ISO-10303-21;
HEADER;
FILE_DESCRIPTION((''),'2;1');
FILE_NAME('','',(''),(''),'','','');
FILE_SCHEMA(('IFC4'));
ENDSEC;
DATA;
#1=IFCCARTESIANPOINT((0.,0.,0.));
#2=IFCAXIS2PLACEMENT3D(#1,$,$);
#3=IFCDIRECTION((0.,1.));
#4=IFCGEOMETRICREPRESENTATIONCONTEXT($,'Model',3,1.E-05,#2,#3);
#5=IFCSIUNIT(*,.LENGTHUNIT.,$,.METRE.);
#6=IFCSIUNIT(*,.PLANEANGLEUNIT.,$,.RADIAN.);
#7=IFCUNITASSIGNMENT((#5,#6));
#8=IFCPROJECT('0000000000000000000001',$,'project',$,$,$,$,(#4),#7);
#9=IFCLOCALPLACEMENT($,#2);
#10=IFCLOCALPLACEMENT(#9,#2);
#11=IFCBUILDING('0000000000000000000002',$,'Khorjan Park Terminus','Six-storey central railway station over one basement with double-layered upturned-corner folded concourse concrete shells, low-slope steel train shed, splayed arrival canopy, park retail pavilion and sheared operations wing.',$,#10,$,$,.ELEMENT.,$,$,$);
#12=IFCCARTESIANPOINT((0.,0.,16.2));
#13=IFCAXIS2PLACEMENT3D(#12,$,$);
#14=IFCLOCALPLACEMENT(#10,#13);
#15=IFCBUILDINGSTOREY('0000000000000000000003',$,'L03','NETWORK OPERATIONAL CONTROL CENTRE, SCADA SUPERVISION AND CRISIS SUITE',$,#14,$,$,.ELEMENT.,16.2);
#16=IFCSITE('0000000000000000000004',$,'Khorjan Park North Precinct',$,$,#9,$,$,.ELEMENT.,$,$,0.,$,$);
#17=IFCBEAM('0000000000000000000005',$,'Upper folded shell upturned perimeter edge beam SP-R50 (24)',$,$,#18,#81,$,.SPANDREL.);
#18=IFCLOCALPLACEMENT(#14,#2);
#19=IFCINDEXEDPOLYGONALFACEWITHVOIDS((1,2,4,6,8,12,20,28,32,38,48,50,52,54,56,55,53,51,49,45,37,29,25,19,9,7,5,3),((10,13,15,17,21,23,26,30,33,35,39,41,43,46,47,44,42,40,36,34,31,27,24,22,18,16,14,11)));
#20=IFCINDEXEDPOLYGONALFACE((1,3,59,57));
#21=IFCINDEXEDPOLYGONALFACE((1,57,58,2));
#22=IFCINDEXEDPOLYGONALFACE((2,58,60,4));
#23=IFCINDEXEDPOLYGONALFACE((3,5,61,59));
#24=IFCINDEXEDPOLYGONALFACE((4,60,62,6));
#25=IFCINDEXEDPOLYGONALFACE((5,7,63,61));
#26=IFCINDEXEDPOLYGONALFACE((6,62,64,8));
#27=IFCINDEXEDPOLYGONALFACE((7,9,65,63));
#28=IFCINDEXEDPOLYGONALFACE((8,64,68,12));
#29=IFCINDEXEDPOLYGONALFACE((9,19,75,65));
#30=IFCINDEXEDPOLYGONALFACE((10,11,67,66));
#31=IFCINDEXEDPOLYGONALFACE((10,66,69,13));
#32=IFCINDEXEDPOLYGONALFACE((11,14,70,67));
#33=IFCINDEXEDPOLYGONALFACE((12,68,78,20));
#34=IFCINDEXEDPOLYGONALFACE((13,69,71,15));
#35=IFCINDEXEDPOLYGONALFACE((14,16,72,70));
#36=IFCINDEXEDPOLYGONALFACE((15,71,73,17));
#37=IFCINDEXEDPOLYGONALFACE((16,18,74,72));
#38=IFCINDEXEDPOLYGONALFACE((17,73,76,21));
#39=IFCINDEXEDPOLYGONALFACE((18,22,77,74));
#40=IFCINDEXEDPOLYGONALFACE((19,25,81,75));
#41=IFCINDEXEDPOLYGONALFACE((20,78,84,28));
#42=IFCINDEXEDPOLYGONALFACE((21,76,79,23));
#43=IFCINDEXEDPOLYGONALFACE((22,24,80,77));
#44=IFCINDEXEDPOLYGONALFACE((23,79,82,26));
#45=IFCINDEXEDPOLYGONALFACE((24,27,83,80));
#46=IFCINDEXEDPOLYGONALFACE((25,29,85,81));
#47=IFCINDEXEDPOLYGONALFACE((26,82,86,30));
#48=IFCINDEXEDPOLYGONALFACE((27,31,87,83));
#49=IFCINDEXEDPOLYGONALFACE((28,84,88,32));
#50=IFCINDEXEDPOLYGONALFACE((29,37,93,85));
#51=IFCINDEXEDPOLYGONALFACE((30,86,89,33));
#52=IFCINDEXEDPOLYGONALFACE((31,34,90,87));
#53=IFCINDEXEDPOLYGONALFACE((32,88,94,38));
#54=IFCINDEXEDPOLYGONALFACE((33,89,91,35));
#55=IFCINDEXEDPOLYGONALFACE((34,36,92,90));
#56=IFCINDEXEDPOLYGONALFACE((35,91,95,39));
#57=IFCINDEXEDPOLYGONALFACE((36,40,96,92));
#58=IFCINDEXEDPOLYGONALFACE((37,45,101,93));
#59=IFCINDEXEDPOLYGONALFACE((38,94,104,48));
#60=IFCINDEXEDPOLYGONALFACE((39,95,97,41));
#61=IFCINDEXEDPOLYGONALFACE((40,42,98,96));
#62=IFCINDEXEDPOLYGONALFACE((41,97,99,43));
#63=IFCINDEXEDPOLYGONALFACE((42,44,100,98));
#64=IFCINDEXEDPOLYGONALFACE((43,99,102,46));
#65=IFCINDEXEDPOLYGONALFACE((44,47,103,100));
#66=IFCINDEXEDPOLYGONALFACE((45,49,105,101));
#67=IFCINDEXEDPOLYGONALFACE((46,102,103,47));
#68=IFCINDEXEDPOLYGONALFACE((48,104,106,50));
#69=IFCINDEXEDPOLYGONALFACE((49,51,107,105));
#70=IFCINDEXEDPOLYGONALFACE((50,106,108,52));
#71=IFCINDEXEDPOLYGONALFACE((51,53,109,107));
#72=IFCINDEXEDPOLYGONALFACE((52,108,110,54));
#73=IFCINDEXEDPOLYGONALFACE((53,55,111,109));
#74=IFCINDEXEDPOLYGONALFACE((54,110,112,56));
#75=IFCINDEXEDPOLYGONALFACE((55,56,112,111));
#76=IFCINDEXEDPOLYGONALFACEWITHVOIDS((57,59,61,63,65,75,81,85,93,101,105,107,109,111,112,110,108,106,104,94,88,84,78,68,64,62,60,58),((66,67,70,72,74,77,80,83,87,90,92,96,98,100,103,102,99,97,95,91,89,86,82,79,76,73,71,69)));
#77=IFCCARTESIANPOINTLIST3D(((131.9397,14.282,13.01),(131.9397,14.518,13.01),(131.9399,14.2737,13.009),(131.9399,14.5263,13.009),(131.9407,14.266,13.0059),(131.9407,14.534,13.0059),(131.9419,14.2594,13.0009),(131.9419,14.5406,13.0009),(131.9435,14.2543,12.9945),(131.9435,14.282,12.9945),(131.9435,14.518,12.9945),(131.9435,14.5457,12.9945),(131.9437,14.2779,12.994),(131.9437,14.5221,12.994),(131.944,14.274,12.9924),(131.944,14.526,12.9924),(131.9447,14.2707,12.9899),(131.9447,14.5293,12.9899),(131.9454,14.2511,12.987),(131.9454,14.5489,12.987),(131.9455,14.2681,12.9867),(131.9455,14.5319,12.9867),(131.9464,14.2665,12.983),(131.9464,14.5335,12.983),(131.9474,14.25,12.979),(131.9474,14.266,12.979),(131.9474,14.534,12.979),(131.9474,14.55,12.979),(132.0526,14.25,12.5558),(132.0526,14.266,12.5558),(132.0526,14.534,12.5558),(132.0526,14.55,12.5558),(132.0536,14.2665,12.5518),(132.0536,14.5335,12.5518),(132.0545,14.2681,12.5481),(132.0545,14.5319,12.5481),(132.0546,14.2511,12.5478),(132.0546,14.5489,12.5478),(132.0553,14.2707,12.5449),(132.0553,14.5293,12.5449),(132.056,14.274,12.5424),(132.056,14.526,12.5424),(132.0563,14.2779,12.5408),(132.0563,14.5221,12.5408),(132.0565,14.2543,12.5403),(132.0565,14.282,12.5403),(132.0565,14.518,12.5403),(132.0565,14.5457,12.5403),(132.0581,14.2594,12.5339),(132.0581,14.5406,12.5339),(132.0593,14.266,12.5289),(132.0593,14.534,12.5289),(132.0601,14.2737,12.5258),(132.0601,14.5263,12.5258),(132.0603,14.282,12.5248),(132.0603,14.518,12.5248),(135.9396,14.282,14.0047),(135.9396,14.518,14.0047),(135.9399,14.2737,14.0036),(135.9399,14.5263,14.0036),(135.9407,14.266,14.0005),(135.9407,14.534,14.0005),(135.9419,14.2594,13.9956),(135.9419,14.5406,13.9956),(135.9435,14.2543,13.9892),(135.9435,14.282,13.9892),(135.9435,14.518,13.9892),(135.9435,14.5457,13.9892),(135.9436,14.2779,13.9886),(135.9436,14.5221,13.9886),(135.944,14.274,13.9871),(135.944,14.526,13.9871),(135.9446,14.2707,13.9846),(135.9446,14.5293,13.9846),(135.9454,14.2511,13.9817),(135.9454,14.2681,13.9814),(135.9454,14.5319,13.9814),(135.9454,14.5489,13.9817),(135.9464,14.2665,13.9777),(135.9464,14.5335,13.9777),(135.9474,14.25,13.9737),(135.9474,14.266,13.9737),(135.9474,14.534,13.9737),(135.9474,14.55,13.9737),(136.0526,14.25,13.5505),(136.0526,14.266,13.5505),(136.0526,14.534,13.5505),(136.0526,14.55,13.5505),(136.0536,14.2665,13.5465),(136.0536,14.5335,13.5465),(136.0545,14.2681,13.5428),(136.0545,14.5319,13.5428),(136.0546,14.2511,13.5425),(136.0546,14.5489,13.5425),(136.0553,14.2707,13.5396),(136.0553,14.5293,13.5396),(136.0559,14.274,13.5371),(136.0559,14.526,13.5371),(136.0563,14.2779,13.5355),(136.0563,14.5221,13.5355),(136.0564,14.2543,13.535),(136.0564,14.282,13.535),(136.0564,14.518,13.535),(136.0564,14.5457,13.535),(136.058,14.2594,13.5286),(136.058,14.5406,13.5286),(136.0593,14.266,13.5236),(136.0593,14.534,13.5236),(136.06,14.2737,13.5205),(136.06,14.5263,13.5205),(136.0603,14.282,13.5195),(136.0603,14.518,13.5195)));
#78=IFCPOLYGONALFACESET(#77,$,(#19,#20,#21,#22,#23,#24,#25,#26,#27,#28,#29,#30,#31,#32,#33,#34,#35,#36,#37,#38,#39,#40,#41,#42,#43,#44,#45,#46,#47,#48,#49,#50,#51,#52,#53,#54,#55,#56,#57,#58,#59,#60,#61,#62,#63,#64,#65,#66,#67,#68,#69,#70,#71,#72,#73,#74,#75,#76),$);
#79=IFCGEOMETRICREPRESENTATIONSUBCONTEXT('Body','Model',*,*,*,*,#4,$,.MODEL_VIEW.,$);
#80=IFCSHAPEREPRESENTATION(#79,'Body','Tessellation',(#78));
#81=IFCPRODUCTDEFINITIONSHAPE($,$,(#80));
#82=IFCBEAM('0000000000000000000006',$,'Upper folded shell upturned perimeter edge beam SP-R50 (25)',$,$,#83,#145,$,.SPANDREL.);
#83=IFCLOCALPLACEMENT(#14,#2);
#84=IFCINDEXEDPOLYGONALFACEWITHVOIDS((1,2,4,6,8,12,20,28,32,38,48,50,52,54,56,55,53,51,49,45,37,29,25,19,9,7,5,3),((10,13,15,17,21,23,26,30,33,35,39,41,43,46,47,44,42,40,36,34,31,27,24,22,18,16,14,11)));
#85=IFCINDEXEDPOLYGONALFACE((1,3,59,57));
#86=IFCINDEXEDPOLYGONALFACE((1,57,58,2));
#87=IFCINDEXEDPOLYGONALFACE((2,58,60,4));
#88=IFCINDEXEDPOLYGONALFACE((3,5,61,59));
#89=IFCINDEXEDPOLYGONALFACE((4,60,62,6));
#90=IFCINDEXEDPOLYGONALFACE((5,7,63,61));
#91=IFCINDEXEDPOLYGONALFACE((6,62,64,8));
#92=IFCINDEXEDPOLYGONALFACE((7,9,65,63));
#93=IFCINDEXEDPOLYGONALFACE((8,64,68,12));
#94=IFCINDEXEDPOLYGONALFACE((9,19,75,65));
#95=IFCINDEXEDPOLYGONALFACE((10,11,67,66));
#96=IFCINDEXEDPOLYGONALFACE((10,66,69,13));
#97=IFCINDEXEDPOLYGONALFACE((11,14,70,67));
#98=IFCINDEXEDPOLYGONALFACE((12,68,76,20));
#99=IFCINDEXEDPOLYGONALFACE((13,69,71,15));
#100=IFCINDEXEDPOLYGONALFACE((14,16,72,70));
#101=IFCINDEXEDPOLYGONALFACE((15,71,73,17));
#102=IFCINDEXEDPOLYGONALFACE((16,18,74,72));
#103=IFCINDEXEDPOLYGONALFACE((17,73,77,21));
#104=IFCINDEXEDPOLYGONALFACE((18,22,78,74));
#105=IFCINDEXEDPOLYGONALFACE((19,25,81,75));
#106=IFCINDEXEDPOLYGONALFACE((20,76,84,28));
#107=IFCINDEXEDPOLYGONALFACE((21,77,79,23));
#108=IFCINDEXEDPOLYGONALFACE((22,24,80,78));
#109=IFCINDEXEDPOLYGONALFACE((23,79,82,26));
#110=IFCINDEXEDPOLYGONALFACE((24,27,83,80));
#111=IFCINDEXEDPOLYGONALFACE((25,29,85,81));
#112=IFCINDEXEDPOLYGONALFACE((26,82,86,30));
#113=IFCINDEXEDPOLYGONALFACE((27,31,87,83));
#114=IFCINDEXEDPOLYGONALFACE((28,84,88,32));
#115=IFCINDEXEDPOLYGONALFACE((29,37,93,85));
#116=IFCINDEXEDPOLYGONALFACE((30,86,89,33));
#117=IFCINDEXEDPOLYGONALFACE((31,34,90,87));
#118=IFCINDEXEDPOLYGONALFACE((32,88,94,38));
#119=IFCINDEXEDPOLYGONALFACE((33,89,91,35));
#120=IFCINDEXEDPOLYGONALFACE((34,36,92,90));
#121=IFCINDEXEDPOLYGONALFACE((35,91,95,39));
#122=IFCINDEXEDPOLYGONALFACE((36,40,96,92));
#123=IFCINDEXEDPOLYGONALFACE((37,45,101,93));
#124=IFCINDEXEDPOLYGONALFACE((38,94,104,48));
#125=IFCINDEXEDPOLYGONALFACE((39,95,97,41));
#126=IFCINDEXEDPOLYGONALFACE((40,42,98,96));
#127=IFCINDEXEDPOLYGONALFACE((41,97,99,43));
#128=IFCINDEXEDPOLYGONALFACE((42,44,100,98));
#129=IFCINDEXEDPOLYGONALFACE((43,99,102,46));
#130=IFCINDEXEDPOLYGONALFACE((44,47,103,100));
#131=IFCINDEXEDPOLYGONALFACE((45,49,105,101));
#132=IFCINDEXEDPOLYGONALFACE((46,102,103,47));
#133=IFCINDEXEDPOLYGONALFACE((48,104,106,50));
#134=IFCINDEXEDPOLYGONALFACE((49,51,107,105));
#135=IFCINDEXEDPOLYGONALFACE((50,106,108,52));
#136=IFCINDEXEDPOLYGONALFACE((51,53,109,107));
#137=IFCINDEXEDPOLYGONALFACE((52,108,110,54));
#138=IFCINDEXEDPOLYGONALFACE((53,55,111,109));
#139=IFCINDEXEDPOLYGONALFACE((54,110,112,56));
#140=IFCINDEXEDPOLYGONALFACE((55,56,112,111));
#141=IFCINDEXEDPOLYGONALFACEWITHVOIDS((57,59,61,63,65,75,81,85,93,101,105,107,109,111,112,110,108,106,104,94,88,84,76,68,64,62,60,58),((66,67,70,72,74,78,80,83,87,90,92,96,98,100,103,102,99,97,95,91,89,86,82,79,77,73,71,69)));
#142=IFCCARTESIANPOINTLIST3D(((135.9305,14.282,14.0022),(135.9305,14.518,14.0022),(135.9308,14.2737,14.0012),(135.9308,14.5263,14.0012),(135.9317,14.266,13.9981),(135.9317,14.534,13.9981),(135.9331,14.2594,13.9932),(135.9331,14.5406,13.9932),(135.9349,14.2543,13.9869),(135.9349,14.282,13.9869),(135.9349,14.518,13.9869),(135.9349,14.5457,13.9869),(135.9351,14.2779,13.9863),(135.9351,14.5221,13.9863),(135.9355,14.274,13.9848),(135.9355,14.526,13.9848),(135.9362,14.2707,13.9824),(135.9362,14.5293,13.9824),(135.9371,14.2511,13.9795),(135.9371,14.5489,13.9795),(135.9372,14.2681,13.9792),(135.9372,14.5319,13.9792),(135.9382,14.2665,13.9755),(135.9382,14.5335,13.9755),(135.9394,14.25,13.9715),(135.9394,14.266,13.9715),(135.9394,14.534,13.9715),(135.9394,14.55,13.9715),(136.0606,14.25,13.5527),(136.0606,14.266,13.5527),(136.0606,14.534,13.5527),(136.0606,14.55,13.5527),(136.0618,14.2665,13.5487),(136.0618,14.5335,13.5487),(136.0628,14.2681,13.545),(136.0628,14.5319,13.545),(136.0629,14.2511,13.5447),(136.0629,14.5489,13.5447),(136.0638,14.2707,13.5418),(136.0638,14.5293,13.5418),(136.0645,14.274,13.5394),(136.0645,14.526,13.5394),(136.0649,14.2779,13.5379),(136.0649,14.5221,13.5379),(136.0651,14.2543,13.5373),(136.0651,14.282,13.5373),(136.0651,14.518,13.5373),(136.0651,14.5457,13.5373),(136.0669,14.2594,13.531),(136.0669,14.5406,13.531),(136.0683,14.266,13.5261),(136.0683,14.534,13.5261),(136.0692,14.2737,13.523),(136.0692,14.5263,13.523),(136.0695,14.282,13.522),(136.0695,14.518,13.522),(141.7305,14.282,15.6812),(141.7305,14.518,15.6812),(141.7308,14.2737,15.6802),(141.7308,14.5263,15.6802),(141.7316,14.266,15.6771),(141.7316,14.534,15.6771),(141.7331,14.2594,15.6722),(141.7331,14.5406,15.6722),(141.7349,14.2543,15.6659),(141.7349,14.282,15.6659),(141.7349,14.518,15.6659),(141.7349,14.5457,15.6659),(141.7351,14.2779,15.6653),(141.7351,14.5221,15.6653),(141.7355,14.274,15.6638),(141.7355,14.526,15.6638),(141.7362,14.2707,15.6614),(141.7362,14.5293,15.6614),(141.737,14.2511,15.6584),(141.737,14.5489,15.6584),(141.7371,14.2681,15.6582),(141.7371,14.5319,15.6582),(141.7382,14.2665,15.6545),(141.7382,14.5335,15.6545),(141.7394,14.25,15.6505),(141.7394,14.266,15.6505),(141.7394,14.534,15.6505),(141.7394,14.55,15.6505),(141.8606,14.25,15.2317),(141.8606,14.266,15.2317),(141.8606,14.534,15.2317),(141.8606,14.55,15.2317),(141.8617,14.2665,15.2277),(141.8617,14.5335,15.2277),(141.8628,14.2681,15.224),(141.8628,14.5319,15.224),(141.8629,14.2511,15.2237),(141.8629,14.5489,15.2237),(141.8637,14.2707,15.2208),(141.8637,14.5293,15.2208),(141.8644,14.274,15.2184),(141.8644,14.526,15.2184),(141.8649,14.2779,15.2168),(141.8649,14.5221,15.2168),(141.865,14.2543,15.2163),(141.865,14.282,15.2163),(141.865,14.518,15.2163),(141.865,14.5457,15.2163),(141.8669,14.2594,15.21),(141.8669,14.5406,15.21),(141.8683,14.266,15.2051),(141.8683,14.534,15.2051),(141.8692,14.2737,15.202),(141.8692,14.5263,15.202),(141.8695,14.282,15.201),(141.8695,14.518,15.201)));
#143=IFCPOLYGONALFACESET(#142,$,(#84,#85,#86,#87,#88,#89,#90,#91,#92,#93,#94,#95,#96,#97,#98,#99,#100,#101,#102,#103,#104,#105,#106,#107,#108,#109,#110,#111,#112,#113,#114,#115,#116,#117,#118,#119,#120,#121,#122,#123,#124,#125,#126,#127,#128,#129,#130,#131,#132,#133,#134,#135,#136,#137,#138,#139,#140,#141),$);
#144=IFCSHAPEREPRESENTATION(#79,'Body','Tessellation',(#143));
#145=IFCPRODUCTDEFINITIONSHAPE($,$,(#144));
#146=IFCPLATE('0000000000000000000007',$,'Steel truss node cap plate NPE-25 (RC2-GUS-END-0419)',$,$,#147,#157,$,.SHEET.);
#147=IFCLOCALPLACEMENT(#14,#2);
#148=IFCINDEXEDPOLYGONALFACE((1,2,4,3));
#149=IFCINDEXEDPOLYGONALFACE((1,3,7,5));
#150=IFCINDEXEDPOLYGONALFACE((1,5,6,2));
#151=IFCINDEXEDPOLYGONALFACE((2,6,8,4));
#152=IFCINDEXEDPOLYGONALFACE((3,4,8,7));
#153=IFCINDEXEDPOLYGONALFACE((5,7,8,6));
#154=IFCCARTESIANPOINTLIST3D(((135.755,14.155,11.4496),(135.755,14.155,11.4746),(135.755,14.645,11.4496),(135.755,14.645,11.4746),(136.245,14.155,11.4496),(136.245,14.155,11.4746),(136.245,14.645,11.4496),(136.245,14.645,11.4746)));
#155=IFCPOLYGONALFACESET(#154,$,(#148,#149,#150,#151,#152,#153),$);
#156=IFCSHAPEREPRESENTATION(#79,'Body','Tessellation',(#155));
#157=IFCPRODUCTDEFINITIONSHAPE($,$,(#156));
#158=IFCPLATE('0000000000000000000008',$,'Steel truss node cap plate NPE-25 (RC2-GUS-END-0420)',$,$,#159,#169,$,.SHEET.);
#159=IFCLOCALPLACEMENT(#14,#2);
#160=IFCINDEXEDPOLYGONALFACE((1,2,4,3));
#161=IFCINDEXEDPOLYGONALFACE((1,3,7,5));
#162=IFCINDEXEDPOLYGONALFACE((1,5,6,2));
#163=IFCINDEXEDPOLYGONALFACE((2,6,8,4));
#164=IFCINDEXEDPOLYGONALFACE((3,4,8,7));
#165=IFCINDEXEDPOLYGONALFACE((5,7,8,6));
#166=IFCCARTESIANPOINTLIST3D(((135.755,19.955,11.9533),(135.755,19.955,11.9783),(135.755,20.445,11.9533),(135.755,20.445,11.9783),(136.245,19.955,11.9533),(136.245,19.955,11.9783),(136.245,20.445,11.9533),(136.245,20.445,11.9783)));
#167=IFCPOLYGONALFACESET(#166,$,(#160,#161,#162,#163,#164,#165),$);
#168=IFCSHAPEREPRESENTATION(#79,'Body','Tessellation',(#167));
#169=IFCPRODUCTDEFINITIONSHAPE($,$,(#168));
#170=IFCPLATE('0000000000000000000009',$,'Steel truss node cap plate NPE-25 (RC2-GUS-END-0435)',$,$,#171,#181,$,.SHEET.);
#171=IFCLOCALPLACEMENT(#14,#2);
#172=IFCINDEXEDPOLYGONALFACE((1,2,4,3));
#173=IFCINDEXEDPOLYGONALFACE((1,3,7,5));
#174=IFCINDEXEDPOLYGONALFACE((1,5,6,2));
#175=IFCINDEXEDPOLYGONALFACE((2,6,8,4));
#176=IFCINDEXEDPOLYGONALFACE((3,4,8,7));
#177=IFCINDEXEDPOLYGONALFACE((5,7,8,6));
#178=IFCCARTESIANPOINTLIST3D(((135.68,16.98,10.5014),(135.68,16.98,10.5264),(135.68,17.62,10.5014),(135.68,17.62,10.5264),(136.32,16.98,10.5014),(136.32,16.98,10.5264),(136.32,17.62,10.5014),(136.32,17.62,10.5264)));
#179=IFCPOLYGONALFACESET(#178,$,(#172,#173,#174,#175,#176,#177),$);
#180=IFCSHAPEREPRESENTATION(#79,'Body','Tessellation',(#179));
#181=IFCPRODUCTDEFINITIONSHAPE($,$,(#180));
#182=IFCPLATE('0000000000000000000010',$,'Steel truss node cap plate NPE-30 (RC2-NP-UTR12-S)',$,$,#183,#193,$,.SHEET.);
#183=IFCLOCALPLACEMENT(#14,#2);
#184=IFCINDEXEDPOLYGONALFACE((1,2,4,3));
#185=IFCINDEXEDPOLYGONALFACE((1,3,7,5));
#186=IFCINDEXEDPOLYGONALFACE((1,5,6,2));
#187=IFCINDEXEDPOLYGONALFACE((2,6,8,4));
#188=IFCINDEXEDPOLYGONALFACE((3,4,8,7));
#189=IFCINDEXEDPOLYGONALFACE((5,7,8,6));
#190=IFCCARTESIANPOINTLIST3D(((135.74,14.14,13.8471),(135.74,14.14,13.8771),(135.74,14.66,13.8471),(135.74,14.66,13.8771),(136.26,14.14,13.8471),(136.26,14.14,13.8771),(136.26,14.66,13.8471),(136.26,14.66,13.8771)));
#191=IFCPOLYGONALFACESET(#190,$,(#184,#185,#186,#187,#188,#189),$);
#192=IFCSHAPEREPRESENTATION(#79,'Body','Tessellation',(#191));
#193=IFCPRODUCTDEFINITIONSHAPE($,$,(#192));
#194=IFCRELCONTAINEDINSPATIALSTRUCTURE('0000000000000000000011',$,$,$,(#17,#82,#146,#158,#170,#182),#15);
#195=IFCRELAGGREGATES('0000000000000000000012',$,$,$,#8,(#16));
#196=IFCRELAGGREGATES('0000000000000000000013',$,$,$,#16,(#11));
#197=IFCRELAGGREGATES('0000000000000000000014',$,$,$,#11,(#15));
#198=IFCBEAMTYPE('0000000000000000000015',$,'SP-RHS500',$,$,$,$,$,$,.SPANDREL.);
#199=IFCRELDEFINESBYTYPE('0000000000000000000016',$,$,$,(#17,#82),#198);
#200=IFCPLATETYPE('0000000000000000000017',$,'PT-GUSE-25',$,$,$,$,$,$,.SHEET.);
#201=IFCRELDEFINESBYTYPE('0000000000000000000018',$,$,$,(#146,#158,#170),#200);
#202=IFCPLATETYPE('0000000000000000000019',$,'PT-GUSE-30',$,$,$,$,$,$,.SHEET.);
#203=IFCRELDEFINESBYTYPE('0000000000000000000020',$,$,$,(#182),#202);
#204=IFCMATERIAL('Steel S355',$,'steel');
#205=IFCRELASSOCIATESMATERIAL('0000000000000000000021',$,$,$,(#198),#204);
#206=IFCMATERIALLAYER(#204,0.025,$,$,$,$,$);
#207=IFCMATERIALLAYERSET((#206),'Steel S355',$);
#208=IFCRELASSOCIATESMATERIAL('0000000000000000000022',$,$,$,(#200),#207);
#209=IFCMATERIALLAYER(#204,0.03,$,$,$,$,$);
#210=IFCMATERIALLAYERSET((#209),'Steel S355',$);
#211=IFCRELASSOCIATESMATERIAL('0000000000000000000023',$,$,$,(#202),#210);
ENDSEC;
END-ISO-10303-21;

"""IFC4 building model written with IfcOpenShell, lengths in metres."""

from ifc_helpers import new_model, si_unit, direction, frame, origin, origin_2d, place, context, subcontext, project, spatial, rectangle, hollow_rectangle, extrude, material, layer, layer_set, material_profile, profile_set, type_object, element, save


model = new_model("IFC4")

# Units and contexts
model_context = context("Model", 3, precision=1e-05, world=origin(), true_north=direction((0.0, 1.0)))
body_context = subcontext(model_context, "Body", "Model", "MODEL_VIEW")
ifc_project = project(units=[si_unit("LENGTHUNIT", "METRE"), si_unit("PLANEANGLEUNIT", "RADIAN")], contexts=[model_context])

# Site, building, storey
site_placement = place(None, origin())
site = spatial("IfcSite", under=ifc_project, at=site_placement, Name="Khorjan Park North Precinct", CompositionType="ELEMENT", RefElevation=0.0)
building_placement = place(site_placement, origin())
building = spatial("IfcBuilding", under=site, at=building_placement, Name="Khorjan Park Terminus", Description="Six-storey central railway station over one basement with double-layered upturned-corner folded concourse concrete shells, low-slope steel train shed, splayed arrival canopy, park retail pavilion and sheared operations wing.", CompositionType="ELEMENT")
storey_placement = place(building_placement, frame((0.0, 0.0, 16.2)))
storey = spatial("IfcBuildingStorey", under=building, at=storey_placement, Name="L03", Description="NETWORK OPERATIONAL CONTROL CENTRE, SCADA SUPERVISION AND CRISIS SUITE", CompositionType="ELEMENT", Elevation=16.2)

# Shared definitions
ifc_material_1 = material(Name="Steel S355", Category="steel")

# Beams
ifc_material_profile_1 = material_profile(ifc_material_1, hollow_rectangle(XDim=0.3, YDim=0.5, WallThickness=0.016, InnerFilletRadius=0.016, OuterFilletRadius=0.032, at=origin_2d()), Name="RHS 500x300x16")
ifc_profile_set_1 = profile_set([ifc_material_profile_1], Name="Steel S355")
beam_type_1 = type_object("IfcBeamType", Name="SP-RHS500", PredefinedType="SPANDREL", material=ifc_profile_set_1)
beam_1_placement = place(storey_placement, frame((132.0, 14.4, 12.7674), z_axis=(0.970444, 0.0, 0.241325), x_axis=(0.0, 1.0, 0.0)))
element("IfcBeam", 1, at=beam_1_placement, inside=storey, type_object=beam_type_1, Name="Upper folded shell upturned perimeter edge beam SP-R50 (24)", PredefinedType="SPANDREL", context=body_context, shape_type="SweptSolid", body=[
    extrude(hollow_rectangle(XDim=0.3, YDim=0.5, WallThickness=0.016, InnerFilletRadius=0.016, OuterFilletRadius=0.032, at=origin_2d()), origin(), (0.0, 0.0, 1.0), 4.1218),
])
beam_2_placement = place(storey_placement, frame((136.0, 14.4, 13.7621), z_axis=(0.960562, 0.0, 0.278066), x_axis=(0.0, 1.0, 0.0)))
element("IfcBeam", 2, at=beam_2_placement, inside=storey, type_object=beam_type_1, Name="Upper folded shell upturned perimeter edge beam SP-R50 (25)", PredefinedType="SPANDREL", context=body_context, shape_type="SweptSolid", body=[
    extrude(hollow_rectangle(XDim=0.3, YDim=0.5, WallThickness=0.016, InnerFilletRadius=0.016, OuterFilletRadius=0.032, at=origin_2d()), origin(), (0.0, 0.0, 1.0), 6.0381),
])

# Plates
ifc_layer_1 = layer(ifc_material_1, 0.025)
ifc_layer_set_1 = layer_set([ifc_layer_1], Name="Steel S355")
plate_type_1 = type_object("IfcPlateType", Name="PT-GUSE-25", PredefinedType="SHEET", material=ifc_layer_set_1)
for number, where, z_axis, x_axis, name in (
    (3, (136.0, 14.4, 11.4496), (0.0, 0.0, 1.0), (1.0, 0.0, 0.0), "Steel truss node cap plate NPE-25 (RC2-GUS-END-0419)"),
    (4, (136.0, 20.2, 11.9533), (0.0, 0.0, 1.0), (1.0, 0.0, 0.0), "Steel truss node cap plate NPE-25 (RC2-GUS-END-0420)"),
):
    element("IfcPlate", number, at=place(storey_placement, frame(where, z_axis=z_axis, x_axis=x_axis)), inside=storey, type_object=plate_type_1, Name=name, PredefinedType="SHEET", context=body_context, shape_type="SweptSolid", body=[
        extrude(rectangle(XDim=0.49, YDim=0.49, at=origin_2d()), origin(), (0.0, 0.0, 1.0), 0.025),
    ])
plate_1_placement = place(storey_placement, frame((136.0, 17.3, 10.5014), z_axis=(0.0, 0.0, 1.0), x_axis=(1.0, 0.0, 0.0)))
element("IfcPlate", 5, at=plate_1_placement, inside=storey, type_object=plate_type_1, Name="Steel truss node cap plate NPE-25 (RC2-GUS-END-0435)", PredefinedType="SHEET", context=body_context, shape_type="SweptSolid", body=[
    extrude(rectangle(XDim=0.64, YDim=0.64, at=origin_2d()), origin(), (0.0, 0.0, 1.0), 0.025),
])
ifc_layer_2 = layer(ifc_material_1, 0.03)
ifc_layer_set_2 = layer_set([ifc_layer_2], Name="Steel S355")
plate_type_2 = type_object("IfcPlateType", Name="PT-GUSE-30", PredefinedType="SHEET", material=ifc_layer_set_2)
plate_2_placement = place(storey_placement, frame((136.0, 14.4, 13.8471), z_axis=(0.0, 0.0, 1.0), x_axis=(1.0, 0.0, 0.0)))
element("IfcPlate", 6, at=plate_2_placement, inside=storey, type_object=plate_type_2, Name="Steel truss node cap plate NPE-30 (RC2-NP-UTR12-S)", PredefinedType="SHEET", context=body_context, shape_type="SweptSolid", body=[
    extrude(rectangle(XDim=0.52, YDim=0.52, at=origin_2d()), origin(), (0.0, 0.0, 1.0), 0.03),
])

save(model, "model.ifc")
